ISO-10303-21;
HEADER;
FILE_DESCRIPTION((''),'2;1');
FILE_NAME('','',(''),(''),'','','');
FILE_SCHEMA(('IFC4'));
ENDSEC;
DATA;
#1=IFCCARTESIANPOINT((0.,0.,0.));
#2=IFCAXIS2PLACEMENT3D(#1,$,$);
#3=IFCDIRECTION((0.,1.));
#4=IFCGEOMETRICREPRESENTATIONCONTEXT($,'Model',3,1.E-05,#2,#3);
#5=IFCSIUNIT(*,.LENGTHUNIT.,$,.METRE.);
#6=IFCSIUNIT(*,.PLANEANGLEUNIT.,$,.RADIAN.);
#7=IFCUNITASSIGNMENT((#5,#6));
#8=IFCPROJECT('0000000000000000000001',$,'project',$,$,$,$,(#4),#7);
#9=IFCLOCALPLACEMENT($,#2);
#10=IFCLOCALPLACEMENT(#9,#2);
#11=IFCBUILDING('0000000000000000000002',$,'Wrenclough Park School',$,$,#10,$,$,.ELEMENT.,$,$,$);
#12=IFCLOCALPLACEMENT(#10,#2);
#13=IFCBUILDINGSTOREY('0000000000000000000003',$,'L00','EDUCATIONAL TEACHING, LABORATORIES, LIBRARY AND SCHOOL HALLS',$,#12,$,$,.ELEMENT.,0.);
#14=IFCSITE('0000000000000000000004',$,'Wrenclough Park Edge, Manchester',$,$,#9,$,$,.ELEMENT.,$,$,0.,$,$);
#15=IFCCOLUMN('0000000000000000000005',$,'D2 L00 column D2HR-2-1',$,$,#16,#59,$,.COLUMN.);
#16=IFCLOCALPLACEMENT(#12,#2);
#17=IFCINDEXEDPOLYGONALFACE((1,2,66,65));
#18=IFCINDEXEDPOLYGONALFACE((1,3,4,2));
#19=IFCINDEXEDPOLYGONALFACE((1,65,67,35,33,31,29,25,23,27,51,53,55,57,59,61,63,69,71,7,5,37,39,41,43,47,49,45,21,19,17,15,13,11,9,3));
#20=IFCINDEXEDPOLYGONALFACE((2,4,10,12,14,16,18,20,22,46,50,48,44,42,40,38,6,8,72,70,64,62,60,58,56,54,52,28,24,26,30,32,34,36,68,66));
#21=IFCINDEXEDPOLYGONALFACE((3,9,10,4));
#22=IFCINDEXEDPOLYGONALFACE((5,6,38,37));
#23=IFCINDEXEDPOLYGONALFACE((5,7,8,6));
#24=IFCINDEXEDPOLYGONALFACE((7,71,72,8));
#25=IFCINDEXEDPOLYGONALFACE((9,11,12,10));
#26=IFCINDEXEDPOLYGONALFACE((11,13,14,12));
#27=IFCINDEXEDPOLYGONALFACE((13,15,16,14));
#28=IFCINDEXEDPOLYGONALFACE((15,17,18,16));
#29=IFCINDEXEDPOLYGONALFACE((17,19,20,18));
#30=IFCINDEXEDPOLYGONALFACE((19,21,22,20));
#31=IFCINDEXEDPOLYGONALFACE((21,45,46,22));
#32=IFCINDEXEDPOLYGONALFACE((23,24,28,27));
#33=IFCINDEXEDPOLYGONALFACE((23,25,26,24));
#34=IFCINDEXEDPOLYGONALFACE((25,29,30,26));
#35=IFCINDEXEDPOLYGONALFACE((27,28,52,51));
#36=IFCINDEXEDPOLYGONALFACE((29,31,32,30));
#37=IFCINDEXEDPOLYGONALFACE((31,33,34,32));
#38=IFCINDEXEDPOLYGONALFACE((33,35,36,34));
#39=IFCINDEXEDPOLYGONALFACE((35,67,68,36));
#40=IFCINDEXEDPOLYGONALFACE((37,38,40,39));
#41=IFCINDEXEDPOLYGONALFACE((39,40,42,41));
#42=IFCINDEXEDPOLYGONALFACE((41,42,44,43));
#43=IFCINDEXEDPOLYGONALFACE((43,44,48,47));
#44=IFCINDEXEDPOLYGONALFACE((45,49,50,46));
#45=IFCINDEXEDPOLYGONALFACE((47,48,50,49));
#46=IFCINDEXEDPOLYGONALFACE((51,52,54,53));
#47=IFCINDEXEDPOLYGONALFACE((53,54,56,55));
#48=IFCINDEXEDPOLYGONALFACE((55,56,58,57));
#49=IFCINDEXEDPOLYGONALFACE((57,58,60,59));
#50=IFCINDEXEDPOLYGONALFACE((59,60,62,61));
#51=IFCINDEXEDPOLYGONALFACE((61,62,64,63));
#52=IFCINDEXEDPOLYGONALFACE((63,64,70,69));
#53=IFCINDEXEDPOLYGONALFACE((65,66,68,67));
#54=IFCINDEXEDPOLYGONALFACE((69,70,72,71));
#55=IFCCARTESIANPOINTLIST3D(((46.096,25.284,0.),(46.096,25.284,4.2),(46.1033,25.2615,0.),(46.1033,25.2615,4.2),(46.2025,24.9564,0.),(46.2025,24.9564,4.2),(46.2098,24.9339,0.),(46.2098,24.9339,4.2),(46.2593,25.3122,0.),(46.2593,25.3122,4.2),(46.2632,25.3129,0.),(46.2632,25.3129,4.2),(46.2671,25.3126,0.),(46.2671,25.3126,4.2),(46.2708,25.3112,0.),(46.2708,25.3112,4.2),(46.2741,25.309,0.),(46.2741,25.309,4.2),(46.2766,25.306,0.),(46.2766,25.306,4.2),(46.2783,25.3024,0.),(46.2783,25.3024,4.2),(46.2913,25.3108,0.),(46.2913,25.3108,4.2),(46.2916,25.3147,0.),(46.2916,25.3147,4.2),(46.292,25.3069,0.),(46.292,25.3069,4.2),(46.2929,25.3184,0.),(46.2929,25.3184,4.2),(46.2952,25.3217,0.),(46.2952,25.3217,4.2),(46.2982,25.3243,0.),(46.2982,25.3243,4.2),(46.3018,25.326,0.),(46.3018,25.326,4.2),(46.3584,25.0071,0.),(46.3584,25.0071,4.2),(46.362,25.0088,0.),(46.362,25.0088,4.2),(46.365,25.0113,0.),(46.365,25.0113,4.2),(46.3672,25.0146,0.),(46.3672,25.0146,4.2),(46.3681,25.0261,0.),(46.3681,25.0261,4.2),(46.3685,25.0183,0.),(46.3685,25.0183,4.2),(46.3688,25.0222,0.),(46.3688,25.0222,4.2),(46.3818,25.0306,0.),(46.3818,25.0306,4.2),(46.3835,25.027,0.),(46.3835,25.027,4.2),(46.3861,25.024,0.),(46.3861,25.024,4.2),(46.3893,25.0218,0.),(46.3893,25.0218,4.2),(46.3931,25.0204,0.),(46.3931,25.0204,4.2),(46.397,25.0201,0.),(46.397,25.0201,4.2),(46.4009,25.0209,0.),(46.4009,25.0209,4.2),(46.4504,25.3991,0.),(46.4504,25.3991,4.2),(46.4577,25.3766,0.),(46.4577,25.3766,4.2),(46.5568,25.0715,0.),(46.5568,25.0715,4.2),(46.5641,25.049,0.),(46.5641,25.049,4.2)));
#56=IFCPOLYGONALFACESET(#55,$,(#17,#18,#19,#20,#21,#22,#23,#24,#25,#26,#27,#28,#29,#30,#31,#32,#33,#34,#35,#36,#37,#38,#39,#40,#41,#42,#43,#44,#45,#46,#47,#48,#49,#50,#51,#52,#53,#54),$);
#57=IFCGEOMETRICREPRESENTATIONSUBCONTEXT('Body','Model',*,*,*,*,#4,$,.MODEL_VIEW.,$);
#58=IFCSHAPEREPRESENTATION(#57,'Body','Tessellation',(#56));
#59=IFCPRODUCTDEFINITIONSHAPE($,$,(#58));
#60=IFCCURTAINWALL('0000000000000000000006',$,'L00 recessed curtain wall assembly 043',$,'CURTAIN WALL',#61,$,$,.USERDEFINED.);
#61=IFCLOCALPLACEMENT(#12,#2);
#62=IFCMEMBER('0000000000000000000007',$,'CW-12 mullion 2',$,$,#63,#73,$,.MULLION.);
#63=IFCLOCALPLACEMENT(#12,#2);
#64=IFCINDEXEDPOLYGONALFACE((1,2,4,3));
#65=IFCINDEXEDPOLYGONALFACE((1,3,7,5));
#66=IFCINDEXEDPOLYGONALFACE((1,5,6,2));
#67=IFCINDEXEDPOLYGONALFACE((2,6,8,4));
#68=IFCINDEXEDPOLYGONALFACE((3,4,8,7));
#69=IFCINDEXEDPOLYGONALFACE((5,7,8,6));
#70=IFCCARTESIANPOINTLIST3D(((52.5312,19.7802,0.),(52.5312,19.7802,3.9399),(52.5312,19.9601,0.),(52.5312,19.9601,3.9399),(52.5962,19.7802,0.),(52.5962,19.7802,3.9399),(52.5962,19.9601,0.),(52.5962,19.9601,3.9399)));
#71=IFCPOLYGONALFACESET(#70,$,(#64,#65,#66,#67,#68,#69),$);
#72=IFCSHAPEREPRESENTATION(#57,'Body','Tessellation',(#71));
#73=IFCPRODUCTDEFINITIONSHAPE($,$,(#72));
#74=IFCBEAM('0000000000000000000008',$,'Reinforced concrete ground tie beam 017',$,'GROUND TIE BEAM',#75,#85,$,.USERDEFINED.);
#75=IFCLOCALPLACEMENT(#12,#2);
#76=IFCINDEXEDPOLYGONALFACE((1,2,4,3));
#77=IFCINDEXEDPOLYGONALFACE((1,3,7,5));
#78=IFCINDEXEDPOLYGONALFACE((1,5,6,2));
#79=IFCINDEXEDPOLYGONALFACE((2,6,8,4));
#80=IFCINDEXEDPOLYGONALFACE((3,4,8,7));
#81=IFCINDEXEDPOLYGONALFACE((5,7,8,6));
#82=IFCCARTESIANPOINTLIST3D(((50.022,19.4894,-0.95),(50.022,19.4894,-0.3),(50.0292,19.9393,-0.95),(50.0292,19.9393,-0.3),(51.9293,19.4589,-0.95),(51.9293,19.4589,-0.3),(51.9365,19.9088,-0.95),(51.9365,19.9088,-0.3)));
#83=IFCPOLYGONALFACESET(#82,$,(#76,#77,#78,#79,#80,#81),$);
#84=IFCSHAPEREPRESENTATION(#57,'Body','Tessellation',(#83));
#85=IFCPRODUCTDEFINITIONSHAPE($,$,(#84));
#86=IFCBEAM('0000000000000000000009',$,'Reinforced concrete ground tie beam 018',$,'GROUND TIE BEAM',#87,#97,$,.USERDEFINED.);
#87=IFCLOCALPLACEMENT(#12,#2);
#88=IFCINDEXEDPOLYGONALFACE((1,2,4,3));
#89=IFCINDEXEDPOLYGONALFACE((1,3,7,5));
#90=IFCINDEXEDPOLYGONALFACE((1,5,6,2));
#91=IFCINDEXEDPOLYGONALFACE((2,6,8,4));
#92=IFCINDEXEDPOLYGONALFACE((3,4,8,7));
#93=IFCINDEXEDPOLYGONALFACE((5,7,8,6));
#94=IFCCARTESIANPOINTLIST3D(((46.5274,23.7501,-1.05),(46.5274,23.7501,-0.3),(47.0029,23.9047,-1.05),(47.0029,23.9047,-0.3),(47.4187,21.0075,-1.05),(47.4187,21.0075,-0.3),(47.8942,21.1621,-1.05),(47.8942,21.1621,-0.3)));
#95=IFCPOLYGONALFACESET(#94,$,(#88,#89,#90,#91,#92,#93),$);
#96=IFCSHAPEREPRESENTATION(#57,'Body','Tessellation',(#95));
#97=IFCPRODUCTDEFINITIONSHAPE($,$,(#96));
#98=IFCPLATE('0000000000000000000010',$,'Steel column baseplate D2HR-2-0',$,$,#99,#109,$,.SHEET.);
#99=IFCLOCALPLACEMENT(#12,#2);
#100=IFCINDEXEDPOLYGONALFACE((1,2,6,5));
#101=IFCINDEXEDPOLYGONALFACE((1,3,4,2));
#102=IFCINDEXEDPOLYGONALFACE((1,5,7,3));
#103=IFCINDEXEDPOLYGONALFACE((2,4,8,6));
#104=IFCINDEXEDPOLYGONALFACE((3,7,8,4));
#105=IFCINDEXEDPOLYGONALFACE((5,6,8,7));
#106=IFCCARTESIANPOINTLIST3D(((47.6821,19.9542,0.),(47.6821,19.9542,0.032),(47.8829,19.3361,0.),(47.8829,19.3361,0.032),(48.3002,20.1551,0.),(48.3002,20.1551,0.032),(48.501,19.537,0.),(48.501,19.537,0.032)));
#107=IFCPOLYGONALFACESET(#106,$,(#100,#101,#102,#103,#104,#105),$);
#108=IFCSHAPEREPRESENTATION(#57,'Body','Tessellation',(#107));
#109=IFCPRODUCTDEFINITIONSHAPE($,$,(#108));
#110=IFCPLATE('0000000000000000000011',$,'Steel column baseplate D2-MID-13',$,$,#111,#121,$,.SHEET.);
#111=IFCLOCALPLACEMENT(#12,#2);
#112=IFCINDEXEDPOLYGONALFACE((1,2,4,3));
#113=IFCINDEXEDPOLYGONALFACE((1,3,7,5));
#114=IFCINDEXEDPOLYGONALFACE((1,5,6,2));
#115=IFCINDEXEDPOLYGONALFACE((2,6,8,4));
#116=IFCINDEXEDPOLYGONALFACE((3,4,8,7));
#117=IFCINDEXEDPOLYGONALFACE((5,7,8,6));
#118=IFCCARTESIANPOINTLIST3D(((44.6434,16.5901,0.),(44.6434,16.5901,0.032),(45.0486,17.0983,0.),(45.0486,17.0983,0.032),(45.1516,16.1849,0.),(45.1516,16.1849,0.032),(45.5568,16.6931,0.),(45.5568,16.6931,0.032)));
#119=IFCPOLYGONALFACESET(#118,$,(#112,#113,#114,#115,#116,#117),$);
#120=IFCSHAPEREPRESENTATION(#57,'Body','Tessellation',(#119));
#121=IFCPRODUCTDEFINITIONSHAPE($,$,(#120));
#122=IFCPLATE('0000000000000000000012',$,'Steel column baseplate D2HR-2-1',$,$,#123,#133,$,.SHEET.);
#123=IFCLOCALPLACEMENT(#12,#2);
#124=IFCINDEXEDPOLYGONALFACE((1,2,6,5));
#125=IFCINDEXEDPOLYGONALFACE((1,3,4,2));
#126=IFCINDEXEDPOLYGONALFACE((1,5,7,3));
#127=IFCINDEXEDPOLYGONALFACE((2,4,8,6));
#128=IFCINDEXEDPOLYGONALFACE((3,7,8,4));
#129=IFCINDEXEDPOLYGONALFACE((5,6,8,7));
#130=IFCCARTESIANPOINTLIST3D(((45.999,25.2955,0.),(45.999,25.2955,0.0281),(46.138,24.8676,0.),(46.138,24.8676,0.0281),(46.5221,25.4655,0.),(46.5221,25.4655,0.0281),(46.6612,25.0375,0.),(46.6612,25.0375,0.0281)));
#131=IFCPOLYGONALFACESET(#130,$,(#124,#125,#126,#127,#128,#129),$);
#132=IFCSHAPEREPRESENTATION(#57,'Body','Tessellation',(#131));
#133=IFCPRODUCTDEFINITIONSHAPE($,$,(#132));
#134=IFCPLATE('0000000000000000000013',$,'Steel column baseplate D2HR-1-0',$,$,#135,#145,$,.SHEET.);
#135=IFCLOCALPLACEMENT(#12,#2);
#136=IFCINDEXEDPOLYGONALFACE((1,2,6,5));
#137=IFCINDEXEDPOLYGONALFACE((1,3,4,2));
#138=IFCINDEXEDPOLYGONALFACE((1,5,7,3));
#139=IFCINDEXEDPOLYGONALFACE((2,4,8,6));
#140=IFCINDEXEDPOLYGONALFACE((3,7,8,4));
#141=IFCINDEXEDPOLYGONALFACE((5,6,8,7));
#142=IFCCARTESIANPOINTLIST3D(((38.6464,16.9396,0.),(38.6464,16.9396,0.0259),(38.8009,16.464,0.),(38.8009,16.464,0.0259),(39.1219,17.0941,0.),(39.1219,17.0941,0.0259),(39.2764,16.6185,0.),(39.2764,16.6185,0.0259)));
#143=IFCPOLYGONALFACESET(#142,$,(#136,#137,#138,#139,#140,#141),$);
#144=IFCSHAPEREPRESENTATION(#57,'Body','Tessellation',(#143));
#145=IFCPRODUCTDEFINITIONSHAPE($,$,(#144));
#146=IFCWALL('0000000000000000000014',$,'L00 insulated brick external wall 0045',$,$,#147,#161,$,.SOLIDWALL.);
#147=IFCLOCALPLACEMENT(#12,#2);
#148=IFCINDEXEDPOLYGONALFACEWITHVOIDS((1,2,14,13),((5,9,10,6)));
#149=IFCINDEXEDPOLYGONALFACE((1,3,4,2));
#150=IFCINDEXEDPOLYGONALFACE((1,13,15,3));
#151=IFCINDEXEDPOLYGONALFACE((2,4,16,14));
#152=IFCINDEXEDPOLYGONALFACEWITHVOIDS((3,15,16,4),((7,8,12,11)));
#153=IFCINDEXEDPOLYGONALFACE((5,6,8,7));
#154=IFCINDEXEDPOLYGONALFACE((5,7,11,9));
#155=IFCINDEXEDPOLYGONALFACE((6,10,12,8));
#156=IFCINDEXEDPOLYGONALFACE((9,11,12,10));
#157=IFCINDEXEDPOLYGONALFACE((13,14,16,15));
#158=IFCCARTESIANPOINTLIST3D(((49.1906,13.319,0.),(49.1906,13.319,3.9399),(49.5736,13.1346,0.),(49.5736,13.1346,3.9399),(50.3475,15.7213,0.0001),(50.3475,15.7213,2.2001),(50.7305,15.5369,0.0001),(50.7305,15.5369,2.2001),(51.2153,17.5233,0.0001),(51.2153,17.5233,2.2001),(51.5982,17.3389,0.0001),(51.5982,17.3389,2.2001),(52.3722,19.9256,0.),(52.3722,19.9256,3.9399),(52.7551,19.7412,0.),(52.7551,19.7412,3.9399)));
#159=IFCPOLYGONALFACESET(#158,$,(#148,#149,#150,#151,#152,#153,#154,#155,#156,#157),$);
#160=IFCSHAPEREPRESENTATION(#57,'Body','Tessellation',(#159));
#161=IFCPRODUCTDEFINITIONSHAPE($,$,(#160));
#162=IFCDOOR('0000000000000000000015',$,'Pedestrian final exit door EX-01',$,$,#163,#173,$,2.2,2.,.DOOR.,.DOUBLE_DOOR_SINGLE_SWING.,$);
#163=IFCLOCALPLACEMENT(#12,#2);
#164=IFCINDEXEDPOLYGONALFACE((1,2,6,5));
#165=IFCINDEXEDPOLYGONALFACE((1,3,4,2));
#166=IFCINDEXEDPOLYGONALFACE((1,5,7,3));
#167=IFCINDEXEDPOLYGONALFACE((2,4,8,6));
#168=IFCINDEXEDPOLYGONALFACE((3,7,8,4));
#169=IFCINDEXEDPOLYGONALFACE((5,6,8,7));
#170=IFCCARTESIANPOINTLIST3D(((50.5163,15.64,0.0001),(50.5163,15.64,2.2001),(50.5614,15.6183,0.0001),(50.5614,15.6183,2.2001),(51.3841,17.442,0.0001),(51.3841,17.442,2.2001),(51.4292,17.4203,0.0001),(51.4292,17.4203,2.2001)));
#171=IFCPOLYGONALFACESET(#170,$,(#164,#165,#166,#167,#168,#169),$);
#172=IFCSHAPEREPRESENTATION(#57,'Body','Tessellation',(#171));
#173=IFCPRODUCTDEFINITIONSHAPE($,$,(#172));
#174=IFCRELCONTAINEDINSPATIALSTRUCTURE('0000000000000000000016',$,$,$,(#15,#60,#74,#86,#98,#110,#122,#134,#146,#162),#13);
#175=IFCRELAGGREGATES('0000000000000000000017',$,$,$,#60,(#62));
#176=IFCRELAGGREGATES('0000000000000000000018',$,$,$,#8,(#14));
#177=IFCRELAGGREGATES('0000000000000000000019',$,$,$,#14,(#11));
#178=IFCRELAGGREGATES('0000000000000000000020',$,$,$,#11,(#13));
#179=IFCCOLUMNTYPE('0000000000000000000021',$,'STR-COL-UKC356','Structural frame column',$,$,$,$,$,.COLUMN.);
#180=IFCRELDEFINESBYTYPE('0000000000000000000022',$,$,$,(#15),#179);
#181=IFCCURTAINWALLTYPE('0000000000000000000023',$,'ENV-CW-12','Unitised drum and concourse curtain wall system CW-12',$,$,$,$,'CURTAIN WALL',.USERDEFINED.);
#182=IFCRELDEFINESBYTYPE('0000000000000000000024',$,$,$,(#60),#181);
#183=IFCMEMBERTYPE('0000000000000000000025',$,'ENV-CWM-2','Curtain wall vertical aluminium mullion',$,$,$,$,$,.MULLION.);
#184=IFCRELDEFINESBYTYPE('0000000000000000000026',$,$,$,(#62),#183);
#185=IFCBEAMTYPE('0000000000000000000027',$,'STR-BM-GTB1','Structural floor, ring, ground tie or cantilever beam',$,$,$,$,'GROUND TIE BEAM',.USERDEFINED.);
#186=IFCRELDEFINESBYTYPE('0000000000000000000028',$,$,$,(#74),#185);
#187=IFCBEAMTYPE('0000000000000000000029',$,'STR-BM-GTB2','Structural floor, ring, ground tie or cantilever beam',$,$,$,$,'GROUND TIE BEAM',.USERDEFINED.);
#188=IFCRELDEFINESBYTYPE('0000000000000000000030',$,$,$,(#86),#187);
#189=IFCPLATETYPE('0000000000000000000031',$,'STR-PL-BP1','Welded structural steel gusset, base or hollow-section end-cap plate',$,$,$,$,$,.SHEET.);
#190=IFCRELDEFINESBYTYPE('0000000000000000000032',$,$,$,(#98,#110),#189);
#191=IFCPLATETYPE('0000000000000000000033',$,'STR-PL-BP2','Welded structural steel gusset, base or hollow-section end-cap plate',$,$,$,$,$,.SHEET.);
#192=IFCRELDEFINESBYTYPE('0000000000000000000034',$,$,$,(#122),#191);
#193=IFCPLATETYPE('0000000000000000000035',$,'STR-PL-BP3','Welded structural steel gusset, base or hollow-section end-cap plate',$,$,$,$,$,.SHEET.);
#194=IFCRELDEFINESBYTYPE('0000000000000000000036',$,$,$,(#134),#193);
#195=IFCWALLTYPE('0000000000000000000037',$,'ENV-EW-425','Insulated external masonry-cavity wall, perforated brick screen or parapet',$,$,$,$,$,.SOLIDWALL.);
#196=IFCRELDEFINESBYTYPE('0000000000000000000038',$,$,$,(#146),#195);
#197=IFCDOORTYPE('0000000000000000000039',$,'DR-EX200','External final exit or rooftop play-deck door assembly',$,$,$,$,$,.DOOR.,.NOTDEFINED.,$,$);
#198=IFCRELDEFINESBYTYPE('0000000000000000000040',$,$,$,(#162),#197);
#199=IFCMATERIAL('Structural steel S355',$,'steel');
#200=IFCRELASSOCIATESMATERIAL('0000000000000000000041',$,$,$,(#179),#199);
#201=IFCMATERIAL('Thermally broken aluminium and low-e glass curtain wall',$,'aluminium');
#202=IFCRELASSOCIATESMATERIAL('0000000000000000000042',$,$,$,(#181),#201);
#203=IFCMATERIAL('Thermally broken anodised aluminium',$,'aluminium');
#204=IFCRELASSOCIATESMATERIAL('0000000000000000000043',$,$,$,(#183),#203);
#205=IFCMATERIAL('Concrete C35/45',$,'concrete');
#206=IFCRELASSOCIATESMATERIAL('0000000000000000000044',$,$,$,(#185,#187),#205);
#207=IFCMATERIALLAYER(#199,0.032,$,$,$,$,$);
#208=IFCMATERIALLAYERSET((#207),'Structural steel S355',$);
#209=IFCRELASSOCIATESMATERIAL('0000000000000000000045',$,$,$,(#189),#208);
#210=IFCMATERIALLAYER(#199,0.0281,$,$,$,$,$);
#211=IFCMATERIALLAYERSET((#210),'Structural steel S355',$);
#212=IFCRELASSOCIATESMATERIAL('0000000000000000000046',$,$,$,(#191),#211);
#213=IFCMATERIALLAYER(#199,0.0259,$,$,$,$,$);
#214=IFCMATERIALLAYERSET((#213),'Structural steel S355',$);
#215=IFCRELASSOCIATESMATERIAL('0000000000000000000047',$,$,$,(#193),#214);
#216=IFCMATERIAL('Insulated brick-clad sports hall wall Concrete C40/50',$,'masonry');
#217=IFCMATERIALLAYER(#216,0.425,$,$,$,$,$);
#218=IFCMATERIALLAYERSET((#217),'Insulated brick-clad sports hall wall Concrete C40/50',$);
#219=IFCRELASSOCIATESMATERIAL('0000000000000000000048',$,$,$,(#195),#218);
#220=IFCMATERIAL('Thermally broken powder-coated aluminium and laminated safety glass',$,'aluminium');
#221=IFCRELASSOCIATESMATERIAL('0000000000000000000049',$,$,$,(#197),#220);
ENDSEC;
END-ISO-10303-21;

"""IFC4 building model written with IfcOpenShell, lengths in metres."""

from ifc_helpers import new_model, si_unit, direction, frame, frame_2d, origin, origin_2d, place, context, subcontext, project, spatial, rectangle, i_section, extrude, material, layer, layer_set, material_profile, profile_set, type_object, element, fill, aggregate, save


model = new_model("IFC4")

# Units and contexts
model_context = context("Model", 3, precision=1e-05, world=origin(), true_north=direction((0.0, 1.0)))
body_context = subcontext(model_context, "Body", "Model", "MODEL_VIEW")
ifc_project = project(units=[si_unit("LENGTHUNIT", "METRE"), si_unit("PLANEANGLEUNIT", "RADIAN")], contexts=[model_context])

# Site, building, storey
site_placement = place(None, origin())
site = spatial("IfcSite", under=ifc_project, at=site_placement, Name="Wrenclough Park Edge, Manchester", CompositionType="ELEMENT", RefElevation=0.0)
building_placement = place(site_placement, origin())
building = spatial("IfcBuilding", under=site, at=building_placement, Name="Wrenclough Park School", CompositionType="ELEMENT")
storey_placement = place(building_placement, origin())
storey = spatial("IfcBuildingStorey", under=building, at=storey_placement, Name="L00", Description="EDUCATIONAL TEACHING, LABORATORIES, LIBRARY AND SCHOOL HALLS", CompositionType="ELEMENT", Elevation=0.0)

# Shared definitions
ifc_material_1 = material(Name="Concrete C35/45", Category="concrete")

# Column
ifc_material_2 = material(Name="Structural steel S355", Category="steel")
ifc_material_profile_1 = material_profile(ifc_material_2, i_section(OverallWidth=0.3726, OverallDepth=0.3682, WebThickness=0.0144, FlangeThickness=0.0237, FilletRadius=0.0151, at=origin_2d()), Name="UKC 356x368x177")
ifc_profile_set_1 = profile_set([ifc_material_profile_1], Name="Structural steel S355")
column_type_1 = type_object("IfcColumnType", Name="STR-COL-UKC356", Description="Structural frame column", PredefinedType="COLUMN", material=ifc_profile_set_1)
for number, where, z_axis, x_axis, name in (
    (1, (46.3301, 25.1665, 0.0), (0.0, 0.0, 1.0), (0.951057, 0.309017, 0.0), "D2 L00 column D2HR-2-1"),
):
    element("IfcColumn", number, at=place(storey_placement, frame(where, z_axis=z_axis, x_axis=x_axis)), inside=storey, type_object=column_type_1, Name=name, PredefinedType="COLUMN", context=body_context, shape_type="SweptSolid", body=[
        extrude(i_section(OverallWidth=0.3726, OverallDepth=0.3682, WebThickness=0.0144, FlangeThickness=0.0237, FilletRadius=0.0151, at=origin_2d()), origin(), (0.0, 0.0, 1.0), 4.2),
    ])

# Curtain wall, member
ifc_material_3 = material(Name="Thermally broken aluminium and low-e glass curtain wall", Category="aluminium")
curtain_wall_type = type_object("IfcCurtainWallType", Name="ENV-CW-12", Description="Unitised drum and concourse curtain wall system CW-12", ElementType="CURTAIN WALL", PredefinedType="USERDEFINED", material=ifc_material_3)
curtain_wall_placement = place(storey_placement, origin())
curtain_wall = element("IfcCurtainWall", 2, at=curtain_wall_placement, inside=storey, type_object=curtain_wall_type, Name="L00 recessed curtain wall assembly 043", ObjectType="CURTAIN WALL", PredefinedType="USERDEFINED")
ifc_material_4 = material(Name="Thermally broken anodised aluminium", Category="aluminium")
ifc_material_profile_2 = material_profile(ifc_material_4, rectangle(XDim=0.0649, YDim=0.1799, at=origin_2d()), Name="AL MULLION 65x180")
ifc_profile_set_2 = profile_set([ifc_material_profile_2], Name="Thermally broken anodised aluminium")
member_type = type_object("IfcMemberType", Name="ENV-CWM-2", Description="Curtain wall vertical aluminium mullion", PredefinedType="MULLION", material=ifc_profile_set_2)
member_placement = place(storey_placement, frame((52.5637, 19.8701, 0.0), z_axis=(0.0, 0.0, 1.0), x_axis=(1.0, 0.0, 0.0)))
member = element("IfcMember", 3, at=member_placement, type_object=member_type, Name="CW-12 mullion 2", PredefinedType="MULLION", context=body_context, shape_type="SweptSolid", body=[
    extrude(rectangle(XDim=0.0649, YDim=0.1799, at=origin_2d()), origin(), (0.0, 0.0, 1.0), 3.9399),
])
aggregate(curtain_wall, [member])

# Beams
ifc_material_profile_3 = material_profile(ifc_material_1, rectangle(XDim=0.45, YDim=0.6499, at=origin_2d()), Name="RC GROUND 450x650")
ifc_profile_set_3 = profile_set([ifc_material_profile_3], Name="Concrete C35/45")
beam_type_1 = type_object("IfcBeamType", Name="STR-BM-GTB1", Description="Structural floor, ring, ground tie or cantilever beam", ElementType="GROUND TIE BEAM", PredefinedType="USERDEFINED", material=ifc_profile_set_3)
beam_1_placement = place(storey_placement, frame((50.0256, 19.7144, -0.625), z_axis=(0.999872, -0.015999, 0.0), x_axis=(0.015999, 0.999872, 0.0)))
element("IfcBeam", 4, at=beam_1_placement, inside=storey, type_object=beam_type_1, Name="Reinforced concrete ground tie beam 017", ObjectType="GROUND TIE BEAM", PredefinedType="USERDEFINED", context=body_context, shape_type="SweptSolid", body=[
    extrude(rectangle(XDim=0.45, YDim=0.6499, at=origin_2d()), origin(), (0.0, 0.0, 1.0), 1.9075),
])
ifc_material_profile_4 = material_profile(ifc_material_1, rectangle(XDim=0.5, YDim=0.75, at=origin_2d()), Name="RC GROUND 500x750")
ifc_profile_set_4 = profile_set([ifc_material_profile_4], Name="Concrete C35/45")
beam_type_2 = type_object("IfcBeamType", Name="STR-BM-GTB2", Description="Structural floor, ring, ground tie or cantilever beam", ElementType="GROUND TIE BEAM", PredefinedType="USERDEFINED", material=ifc_profile_set_4)
beam_2_placement = place(storey_placement, frame((46.7651, 23.8274, -0.675), z_axis=(0.309082, -0.951035, 0.0), x_axis=(0.951035, 0.309082, 0.0)))
element("IfcBeam", 5, at=beam_2_placement, inside=storey, type_object=beam_type_2, Name="Reinforced concrete ground tie beam 018", ObjectType="GROUND TIE BEAM", PredefinedType="USERDEFINED", context=body_context, shape_type="SweptSolid", body=[
    extrude(rectangle(XDim=0.5, YDim=0.75, at=origin_2d()), origin(), (0.0, 0.0, 1.0), 2.8838),
])

# Plates
ifc_layer_1 = layer(ifc_material_2, 0.032)
ifc_layer_set_1 = layer_set([ifc_layer_1], Name="Structural steel S355")
plate_type_1 = type_object("IfcPlateType", Name="STR-PL-BP1", Description="Welded structural steel gusset, base or hollow-section end-cap plate", PredefinedType="SHEET", material=ifc_layer_set_1)
for number, where, z_axis, x_axis, name in (
    (6, (48.0916, 19.7456, 0.0), (0.0, 0.0, 1.0), (0.951057, 0.309017, 0.0), "Steel column baseplate D2HR-2-0"),
    (7, (45.1001, 16.6416, 0.0), (0.0, 0.0, 1.0), (0.62347, 0.781847, 0.0), "Steel column baseplate D2-MID-13"),
):
    element("IfcPlate", number, at=place(storey_placement, frame(where, z_axis=z_axis, x_axis=x_axis)), inside=storey, type_object=plate_type_1, Name=name, PredefinedType="SHEET", context=body_context, shape_type="SweptSolid", body=[
        extrude(rectangle(XDim=0.6499, YDim=0.6499, at=origin_2d()), origin(), (0.0, 0.0, 1.0), 0.032),
    ])
ifc_layer_2 = layer(ifc_material_2, 0.0281)
ifc_layer_set_2 = layer_set([ifc_layer_2], Name="Structural steel S355")
plate_type_2 = type_object("IfcPlateType", Name="STR-PL-BP2", Description="Welded structural steel gusset, base or hollow-section end-cap plate", PredefinedType="SHEET", material=ifc_layer_set_2)
plate_1_placement = place(storey_placement, frame((46.3301, 25.1665, 0.0), z_axis=(0.0, 0.0, 1.0), x_axis=(0.951057, 0.309017, 0.0)))
element("IfcPlate", 8, at=plate_1_placement, inside=storey, type_object=plate_type_2, Name="Steel column baseplate D2HR-2-1", PredefinedType="SHEET", context=body_context, shape_type="SweptSolid", body=[
    extrude(rectangle(XDim=0.55, YDim=0.45, at=origin_2d()), origin(), (0.0, 0.0, 1.0), 0.0281),
])
ifc_layer_3 = layer(ifc_material_2, 0.0259)
ifc_layer_set_3 = layer_set([ifc_layer_3], Name="Structural steel S355")
plate_type_3 = type_object("IfcPlateType", Name="STR-PL-BP3", Description="Welded structural steel gusset, base or hollow-section end-cap plate", PredefinedType="SHEET", material=ifc_layer_set_3)
plate_2_placement = place(storey_placement, frame((38.9614, 16.7791, 0.0), z_axis=(0.0, 0.0, 1.0), x_axis=(0.951057, 0.309017, 0.0)))
element("IfcPlate", 9, at=plate_2_placement, inside=storey, type_object=plate_type_3, Name="Steel column baseplate D2HR-1-0", PredefinedType="SHEET", context=body_context, shape_type="SweptSolid", body=[
    extrude(rectangle(XDim=0.5, YDim=0.5, at=origin_2d()), origin(), (0.0, 0.0, 1.0), 0.0259),
])

# Wall, opening, door
ifc_material_5 = material(Name="Insulated brick-clad sports hall wall Concrete C40/50", Category="masonry")
ifc_layer_4 = layer(ifc_material_5, 0.425)
ifc_layer_set_4 = layer_set([ifc_layer_4], Name="Insulated brick-clad sports hall wall Concrete C40/50")
wall_type_1 = type_object("IfcWallType", Name="ENV-EW-425", Description="Insulated external masonry-cavity wall, perforated brick screen or parapet", PredefinedType="SOLIDWALL", material=ifc_layer_set_4)
wall_1_placement = place(storey_placement, frame((52.5637, 19.8335, 0.0), z_axis=(0.0, 0.0, 1.0), x_axis=(-0.433887, -0.900967, 0.0)))
wall_1 = element("IfcWall", 10, at=wall_1_placement, inside=storey, type_object=wall_type_1, Name="L00 insulated brick external wall 0045", PredefinedType="SOLIDWALL", context=body_context, shape_type="SweptSolid", body=[
    extrude(rectangle(XDim=7.3328, YDim=0.425, at=frame_2d((3.6665, 0.0))), origin(), (0.0, 0.0, 1.0), 3.9399),
])
opening_1_placement = place(wall_1_placement, frame((2.6665, 0.0, 0.0)))
opening_1 = element("IfcOpeningElement", 11, at=opening_1_placement, cuts=wall_1, PredefinedType="OPENING", context=body_context, shape_type="SweptSolid", body=[
    extrude(rectangle(XDim=2.0, YDim=2.2, at=frame_2d((1.0, 1.1001))), frame((0.0, 0.2224, 0.0), z_axis=(0.0, -1.0, 0.0), x_axis=(1.0, 0.0, 0.0)), (0.0, 0.0, 1.0), 0.4451),
])
ifc_material_6 = material(Name="Thermally broken powder-coated aluminium and laminated safety glass", Category="aluminium")
door_type_1 = type_object("IfcDoorType", Name="DR-EX200", Description="External final exit or rooftop play-deck door assembly", OperationType="NOTDEFINED", PredefinedType="DOOR", material=ifc_material_6)
door_1_placement = place(opening_1_placement, origin())
door_1 = element("IfcDoor", 12, at=door_1_placement, inside=storey, type_object=door_type_1, Name="Pedestrian final exit door EX-01", OperationType="DOUBLE_DOOR_SINGLE_SWING", OverallHeight=2.2, OverallWidth=2.0, PredefinedType="DOOR", context=body_context, shape_type="SweptSolid", body=[
    extrude(rectangle(XDim=2.0, YDim=2.2, at=frame_2d((1.0, 1.1001))), frame((0.0, 0.0249, 0.0), z_axis=(0.0, -1.0, 0.0), x_axis=(1.0, 0.0, 0.0)), (0.0, 0.0, 1.0), 0.05),
])
fill(opening_1, door_1)

save(model, "model.ifc")
